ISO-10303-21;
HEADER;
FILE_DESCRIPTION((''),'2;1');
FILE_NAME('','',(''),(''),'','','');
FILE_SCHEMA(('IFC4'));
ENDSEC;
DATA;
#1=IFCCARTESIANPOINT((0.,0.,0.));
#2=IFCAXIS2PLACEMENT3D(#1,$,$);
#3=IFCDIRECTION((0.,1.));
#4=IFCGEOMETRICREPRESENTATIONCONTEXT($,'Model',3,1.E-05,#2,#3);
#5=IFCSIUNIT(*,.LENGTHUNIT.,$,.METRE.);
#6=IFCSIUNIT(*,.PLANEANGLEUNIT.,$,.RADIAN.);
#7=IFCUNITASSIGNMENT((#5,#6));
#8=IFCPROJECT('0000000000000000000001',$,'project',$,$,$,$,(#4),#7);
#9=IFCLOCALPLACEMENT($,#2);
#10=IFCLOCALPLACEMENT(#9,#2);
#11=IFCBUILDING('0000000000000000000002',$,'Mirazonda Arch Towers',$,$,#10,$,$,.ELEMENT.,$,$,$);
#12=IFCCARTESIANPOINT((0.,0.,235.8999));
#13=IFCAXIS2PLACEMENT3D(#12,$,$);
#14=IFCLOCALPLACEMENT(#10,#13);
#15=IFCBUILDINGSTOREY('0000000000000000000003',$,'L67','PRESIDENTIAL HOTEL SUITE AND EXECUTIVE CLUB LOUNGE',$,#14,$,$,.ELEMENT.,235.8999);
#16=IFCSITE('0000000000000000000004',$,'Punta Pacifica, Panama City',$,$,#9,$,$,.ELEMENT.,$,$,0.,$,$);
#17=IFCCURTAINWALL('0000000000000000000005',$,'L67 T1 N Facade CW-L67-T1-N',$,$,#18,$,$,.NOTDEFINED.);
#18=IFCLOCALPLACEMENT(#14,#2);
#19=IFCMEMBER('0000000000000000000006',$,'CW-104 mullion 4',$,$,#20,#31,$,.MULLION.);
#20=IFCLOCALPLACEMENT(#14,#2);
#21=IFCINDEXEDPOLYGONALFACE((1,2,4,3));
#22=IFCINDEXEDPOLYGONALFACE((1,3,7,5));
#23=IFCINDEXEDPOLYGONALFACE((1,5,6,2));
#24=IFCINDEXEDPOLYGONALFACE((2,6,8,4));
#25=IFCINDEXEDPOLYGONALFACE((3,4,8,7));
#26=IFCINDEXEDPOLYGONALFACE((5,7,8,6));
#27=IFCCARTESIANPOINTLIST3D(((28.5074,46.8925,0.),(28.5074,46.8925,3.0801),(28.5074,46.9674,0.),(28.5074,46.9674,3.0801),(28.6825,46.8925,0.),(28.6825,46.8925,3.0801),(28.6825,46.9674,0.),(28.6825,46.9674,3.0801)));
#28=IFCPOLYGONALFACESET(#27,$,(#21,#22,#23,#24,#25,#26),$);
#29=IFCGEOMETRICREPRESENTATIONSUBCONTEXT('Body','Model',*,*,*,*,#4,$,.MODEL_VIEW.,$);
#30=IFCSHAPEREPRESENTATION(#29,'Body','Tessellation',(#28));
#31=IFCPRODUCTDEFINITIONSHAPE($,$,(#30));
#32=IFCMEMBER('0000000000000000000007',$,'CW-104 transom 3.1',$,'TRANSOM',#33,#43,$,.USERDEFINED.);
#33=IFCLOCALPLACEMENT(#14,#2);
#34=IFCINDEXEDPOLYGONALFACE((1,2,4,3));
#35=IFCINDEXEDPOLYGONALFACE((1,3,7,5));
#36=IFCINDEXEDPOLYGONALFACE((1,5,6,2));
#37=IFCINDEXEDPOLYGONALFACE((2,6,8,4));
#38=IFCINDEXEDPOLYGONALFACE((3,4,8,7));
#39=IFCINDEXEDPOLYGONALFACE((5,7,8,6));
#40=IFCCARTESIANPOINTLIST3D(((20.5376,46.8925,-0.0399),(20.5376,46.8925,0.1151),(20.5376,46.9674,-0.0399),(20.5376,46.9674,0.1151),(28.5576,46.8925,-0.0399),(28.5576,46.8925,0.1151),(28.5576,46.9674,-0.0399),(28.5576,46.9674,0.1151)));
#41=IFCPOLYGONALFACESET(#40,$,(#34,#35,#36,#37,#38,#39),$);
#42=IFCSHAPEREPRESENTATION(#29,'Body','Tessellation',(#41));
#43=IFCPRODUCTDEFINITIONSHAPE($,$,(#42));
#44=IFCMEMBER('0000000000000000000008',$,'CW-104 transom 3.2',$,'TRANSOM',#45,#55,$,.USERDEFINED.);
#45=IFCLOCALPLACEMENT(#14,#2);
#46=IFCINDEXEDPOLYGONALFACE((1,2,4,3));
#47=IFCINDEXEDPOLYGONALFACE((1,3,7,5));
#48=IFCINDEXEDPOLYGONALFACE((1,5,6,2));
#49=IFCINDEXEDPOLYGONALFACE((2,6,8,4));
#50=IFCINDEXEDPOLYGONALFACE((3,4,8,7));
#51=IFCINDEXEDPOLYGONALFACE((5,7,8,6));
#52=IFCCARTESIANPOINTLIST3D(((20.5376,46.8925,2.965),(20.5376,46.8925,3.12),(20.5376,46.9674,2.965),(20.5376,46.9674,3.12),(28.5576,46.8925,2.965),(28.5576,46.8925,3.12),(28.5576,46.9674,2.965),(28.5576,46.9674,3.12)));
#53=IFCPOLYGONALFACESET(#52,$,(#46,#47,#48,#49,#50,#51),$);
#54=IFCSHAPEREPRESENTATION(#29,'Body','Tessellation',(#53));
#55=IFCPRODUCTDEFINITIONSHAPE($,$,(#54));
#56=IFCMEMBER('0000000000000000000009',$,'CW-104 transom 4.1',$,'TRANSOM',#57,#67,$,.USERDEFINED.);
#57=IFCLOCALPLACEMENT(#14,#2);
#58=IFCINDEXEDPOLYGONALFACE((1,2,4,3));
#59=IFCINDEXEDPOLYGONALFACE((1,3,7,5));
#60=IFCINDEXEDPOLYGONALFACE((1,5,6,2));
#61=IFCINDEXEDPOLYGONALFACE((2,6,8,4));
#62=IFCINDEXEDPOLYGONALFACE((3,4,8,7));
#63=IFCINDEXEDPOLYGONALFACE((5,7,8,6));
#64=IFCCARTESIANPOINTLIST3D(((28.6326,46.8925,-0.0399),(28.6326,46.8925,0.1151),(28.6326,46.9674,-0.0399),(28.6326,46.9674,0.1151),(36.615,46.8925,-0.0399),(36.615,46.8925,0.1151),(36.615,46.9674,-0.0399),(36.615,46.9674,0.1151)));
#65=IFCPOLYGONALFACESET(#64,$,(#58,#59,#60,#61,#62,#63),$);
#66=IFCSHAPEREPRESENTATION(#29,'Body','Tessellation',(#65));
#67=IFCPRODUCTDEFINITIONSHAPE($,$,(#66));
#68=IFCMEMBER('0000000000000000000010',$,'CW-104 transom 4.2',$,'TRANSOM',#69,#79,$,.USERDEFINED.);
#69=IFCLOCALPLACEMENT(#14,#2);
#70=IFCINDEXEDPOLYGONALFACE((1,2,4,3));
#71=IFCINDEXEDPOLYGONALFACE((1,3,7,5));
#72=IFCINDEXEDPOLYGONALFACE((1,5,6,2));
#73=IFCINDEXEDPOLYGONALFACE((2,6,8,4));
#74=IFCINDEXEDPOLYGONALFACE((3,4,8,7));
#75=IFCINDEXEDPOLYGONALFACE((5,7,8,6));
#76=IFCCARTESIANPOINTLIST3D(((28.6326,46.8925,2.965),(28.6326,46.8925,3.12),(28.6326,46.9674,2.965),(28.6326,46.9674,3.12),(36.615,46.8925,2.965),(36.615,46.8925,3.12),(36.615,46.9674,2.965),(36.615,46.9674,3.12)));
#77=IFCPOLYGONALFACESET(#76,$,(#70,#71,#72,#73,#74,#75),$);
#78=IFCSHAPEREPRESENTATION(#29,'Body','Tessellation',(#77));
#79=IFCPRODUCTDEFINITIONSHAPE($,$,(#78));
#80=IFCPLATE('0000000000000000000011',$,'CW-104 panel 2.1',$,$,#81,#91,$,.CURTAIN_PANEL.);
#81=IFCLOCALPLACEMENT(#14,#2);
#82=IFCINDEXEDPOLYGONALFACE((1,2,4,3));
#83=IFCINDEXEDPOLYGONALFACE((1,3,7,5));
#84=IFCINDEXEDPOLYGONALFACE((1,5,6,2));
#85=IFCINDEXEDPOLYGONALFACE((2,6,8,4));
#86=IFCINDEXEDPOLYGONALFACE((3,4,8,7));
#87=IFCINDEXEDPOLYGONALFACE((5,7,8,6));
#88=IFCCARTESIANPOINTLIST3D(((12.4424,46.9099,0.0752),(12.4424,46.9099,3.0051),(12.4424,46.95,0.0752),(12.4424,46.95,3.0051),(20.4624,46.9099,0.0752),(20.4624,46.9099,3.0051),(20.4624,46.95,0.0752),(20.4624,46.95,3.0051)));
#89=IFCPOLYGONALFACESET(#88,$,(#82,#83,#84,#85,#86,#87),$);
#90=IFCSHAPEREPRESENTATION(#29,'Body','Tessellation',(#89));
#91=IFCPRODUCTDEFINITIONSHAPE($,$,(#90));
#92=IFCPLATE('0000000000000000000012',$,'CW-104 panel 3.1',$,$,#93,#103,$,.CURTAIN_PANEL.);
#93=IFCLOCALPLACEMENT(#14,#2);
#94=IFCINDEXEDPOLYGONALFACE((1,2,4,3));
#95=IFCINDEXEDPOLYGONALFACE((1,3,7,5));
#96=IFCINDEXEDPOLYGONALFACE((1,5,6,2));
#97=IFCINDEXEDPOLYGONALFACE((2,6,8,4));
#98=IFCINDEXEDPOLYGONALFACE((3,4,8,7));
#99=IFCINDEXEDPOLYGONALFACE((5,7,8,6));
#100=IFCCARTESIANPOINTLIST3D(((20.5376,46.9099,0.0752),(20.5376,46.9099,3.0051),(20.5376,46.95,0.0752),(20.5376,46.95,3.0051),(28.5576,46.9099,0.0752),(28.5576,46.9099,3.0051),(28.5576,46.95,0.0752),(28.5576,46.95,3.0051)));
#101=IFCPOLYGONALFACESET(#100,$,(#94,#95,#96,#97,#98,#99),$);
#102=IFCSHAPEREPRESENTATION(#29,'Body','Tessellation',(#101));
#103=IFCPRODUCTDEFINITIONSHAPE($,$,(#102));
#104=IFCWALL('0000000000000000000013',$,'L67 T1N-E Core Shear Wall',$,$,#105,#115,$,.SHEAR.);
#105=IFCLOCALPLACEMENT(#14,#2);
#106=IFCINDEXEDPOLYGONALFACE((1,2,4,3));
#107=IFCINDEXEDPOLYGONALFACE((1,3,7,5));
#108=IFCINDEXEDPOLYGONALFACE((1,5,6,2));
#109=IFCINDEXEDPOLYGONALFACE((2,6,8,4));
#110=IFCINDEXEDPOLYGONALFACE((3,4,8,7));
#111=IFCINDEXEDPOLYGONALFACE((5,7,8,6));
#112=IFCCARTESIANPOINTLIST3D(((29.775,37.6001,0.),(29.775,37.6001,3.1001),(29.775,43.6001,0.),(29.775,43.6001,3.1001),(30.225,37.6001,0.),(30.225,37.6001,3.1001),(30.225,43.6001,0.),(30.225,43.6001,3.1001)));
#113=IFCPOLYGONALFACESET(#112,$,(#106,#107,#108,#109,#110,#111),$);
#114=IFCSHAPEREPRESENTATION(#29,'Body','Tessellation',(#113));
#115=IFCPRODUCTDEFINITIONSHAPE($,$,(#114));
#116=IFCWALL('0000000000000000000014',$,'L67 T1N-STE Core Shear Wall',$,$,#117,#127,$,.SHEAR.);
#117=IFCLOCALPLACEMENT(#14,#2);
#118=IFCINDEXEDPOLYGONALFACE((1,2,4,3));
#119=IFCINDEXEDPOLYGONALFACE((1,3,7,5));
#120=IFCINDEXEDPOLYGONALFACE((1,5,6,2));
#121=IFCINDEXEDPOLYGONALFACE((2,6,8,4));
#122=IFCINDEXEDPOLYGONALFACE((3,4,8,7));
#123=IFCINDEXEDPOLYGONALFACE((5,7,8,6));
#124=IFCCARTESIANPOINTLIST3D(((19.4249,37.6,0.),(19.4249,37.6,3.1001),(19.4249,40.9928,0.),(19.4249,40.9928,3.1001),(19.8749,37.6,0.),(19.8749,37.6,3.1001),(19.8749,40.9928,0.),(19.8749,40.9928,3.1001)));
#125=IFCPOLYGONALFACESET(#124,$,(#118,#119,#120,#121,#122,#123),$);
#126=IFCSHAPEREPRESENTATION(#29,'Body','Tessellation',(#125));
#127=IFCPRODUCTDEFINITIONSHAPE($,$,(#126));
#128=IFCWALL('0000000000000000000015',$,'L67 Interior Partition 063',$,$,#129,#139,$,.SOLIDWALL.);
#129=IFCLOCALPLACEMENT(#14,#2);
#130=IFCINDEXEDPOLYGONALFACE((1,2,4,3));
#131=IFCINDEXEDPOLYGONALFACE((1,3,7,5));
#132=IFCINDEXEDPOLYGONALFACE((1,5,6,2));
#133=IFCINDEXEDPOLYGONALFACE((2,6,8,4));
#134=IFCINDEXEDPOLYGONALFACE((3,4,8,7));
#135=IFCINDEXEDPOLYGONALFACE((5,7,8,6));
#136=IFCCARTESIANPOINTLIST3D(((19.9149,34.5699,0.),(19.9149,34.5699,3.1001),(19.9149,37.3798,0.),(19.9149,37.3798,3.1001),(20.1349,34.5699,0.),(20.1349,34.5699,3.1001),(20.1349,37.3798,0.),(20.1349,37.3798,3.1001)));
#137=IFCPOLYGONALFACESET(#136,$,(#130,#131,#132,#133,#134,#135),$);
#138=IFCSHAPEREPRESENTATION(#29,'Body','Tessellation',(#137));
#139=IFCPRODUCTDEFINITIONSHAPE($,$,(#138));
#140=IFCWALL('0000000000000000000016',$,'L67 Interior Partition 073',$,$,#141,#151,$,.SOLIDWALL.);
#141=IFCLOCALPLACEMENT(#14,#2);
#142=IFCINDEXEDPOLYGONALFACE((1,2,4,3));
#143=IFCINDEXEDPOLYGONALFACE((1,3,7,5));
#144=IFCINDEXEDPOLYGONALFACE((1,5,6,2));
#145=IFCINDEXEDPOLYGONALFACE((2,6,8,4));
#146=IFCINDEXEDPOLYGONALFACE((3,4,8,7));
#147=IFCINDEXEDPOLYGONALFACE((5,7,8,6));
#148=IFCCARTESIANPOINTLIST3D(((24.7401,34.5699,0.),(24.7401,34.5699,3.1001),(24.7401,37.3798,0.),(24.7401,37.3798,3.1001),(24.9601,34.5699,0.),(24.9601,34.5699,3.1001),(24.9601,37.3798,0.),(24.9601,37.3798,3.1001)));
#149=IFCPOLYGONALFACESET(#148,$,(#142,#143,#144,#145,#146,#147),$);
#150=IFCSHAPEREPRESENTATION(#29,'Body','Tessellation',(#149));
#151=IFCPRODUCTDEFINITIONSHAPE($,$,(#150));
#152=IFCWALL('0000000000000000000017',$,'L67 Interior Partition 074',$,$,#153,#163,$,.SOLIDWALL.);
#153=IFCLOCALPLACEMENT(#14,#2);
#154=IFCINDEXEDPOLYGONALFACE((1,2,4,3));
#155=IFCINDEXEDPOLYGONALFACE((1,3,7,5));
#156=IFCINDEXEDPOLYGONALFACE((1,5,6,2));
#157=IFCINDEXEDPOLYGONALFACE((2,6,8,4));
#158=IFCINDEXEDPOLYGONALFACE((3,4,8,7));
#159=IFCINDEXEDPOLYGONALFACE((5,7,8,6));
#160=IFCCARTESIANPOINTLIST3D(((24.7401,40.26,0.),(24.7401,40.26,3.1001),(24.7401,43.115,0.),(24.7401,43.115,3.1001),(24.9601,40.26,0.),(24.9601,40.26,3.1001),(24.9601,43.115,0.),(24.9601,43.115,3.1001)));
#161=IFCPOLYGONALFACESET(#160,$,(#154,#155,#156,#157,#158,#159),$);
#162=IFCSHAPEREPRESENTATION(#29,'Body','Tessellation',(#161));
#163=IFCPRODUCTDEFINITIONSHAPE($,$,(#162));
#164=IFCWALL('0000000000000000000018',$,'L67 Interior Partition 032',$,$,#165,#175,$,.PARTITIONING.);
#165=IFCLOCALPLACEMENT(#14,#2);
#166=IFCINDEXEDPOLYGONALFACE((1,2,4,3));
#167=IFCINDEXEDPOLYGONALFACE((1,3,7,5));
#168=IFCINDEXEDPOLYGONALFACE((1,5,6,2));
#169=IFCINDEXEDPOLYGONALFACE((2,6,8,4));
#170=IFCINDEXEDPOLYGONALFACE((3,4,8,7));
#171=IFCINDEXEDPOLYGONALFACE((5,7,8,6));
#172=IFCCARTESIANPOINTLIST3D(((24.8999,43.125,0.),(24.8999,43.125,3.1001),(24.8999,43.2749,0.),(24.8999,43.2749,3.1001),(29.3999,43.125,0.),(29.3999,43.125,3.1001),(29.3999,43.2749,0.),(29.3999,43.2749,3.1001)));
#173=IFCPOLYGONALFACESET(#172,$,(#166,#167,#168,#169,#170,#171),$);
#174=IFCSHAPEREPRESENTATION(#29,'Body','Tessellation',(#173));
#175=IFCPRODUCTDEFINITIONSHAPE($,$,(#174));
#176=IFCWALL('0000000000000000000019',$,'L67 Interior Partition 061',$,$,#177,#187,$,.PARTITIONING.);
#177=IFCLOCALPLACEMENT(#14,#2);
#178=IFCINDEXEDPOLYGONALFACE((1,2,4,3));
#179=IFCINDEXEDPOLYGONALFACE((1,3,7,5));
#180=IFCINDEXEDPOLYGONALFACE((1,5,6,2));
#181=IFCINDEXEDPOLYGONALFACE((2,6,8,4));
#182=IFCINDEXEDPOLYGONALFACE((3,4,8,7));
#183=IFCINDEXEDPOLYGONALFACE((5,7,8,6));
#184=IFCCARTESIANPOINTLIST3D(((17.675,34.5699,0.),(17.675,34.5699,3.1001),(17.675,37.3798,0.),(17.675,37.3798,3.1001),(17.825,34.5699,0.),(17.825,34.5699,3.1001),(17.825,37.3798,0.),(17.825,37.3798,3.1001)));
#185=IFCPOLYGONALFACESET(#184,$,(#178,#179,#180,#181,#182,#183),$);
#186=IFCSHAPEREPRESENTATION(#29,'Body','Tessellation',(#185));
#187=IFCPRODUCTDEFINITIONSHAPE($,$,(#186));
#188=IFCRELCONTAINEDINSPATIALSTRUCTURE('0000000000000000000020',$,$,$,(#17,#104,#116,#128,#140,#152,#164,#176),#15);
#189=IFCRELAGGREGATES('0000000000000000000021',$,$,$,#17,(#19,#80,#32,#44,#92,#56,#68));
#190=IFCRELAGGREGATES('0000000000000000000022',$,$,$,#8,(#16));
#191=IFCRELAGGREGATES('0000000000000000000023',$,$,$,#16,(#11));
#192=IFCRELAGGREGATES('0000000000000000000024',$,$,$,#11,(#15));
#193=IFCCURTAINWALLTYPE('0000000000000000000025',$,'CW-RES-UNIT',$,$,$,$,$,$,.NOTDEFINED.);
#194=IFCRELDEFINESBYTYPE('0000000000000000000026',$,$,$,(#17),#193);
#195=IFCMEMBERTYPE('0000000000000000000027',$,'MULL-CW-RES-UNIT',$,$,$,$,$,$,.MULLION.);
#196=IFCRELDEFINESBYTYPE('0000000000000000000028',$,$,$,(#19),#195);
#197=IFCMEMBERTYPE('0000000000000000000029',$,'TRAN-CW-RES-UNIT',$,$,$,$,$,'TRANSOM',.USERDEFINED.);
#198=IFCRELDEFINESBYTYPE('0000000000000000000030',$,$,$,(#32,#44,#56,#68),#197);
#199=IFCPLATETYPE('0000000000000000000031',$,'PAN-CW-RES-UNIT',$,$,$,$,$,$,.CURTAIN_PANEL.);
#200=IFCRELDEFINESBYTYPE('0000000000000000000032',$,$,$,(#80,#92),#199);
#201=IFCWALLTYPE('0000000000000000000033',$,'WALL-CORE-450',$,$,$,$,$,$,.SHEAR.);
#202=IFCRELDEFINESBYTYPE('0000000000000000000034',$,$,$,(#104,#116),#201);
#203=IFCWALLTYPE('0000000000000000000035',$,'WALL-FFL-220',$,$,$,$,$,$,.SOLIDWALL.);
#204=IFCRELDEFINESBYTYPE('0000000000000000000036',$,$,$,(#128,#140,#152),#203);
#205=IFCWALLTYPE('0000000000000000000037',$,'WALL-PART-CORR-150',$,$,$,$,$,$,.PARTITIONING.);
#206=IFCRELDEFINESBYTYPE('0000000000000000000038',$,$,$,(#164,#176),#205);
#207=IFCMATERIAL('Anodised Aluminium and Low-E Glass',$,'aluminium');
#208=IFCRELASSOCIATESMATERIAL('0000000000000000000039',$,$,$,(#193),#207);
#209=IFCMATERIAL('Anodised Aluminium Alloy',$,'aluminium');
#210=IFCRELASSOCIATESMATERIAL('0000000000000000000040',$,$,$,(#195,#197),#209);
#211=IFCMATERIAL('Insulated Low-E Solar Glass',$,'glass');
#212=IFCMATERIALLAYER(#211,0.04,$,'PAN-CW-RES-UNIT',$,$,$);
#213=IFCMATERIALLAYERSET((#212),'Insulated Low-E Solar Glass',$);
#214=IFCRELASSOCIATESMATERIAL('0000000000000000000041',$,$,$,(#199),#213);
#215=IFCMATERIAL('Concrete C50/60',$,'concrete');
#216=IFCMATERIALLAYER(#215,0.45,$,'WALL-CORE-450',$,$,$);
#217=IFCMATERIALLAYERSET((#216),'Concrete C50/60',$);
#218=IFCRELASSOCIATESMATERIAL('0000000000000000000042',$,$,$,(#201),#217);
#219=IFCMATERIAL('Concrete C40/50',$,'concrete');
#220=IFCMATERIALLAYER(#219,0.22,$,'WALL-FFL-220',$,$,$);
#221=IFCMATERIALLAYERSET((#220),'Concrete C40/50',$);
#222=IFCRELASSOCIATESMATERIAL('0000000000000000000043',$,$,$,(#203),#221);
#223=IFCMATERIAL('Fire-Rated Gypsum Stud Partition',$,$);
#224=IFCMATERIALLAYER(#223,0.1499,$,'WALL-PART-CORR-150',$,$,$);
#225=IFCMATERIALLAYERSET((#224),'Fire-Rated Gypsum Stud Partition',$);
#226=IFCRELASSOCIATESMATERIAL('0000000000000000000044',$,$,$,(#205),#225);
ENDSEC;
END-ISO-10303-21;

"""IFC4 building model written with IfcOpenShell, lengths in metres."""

from ifc_helpers import new_model, si_unit, direction, frame, frame_2d, origin, origin_2d, place, context, subcontext, project, spatial, rectangle, extrude, material, layer, layer_set, material_profile, profile_set, type_object, element, aggregate, save


model = new_model("IFC4")

# Units and contexts
model_context = context("Model", 3, precision=1e-05, world=origin(), true_north=direction((0.0, 1.0)))
body_context = subcontext(model_context, "Body", "Model", "MODEL_VIEW")
ifc_project = project(units=[si_unit("LENGTHUNIT", "METRE"), si_unit("PLANEANGLEUNIT", "RADIAN")], contexts=[model_context])

# Site, building, storey
site_placement = place(None, origin())
site = spatial("IfcSite", under=ifc_project, at=site_placement, Name="Punta Pacifica, Panama City", CompositionType="ELEMENT", RefElevation=0.0)
building_placement = place(site_placement, origin())
building = spatial("IfcBuilding", under=site, at=building_placement, Name="Mirazonda Arch Towers", CompositionType="ELEMENT")
storey_placement = place(building_placement, frame((0.0, 0.0, 235.8999)))
storey = spatial("IfcBuildingStorey", under=building, at=storey_placement, Name="L67", Description="PRESIDENTIAL HOTEL SUITE AND EXECUTIVE CLUB LOUNGE", CompositionType="ELEMENT", Elevation=235.8999)

# Shared definitions
ifc_material_1 = material(Name="Concrete C50/60", Category="concrete")

# Curtain wall, members, plates
ifc_material_2 = material(Name="Anodised Aluminium and Low-E Glass", Category="aluminium")
curtain_wall_type = type_object("IfcCurtainWallType", Name="CW-RES-UNIT", PredefinedType="NOTDEFINED", material=ifc_material_2)
curtain_wall_placement = place(storey_placement, origin())
curtain_wall = element("IfcCurtainWall", 1, at=curtain_wall_placement, inside=storey, type_object=curtain_wall_type, Name="L67 T1 N Facade CW-L67-T1-N", PredefinedType="NOTDEFINED")
ifc_material_3 = material(Name="Anodised Aluminium Alloy", Category="aluminium")
ifc_material_profile_1 = material_profile(ifc_material_3, rectangle(XDim=0.075, YDim=0.175, at=origin_2d()), Name="ALU-MULL-75x175")
ifc_profile_set_1 = profile_set([ifc_material_profile_1], Name="Anodised Aluminium Alloy")
member_type_1 = type_object("IfcMemberType", Name="MULL-CW-RES-UNIT", PredefinedType="MULLION", material=ifc_profile_set_1)
member_1_placement = place(storey_placement, frame((28.595, 46.9299, 0.0), z_axis=(0.0, 0.0, 1.0), x_axis=(0.0, 1.0, 0.0)))
member_1 = element("IfcMember", 2, at=member_1_placement, type_object=member_type_1, Name="CW-104 mullion 4", PredefinedType="MULLION", context=body_context, shape_type="SweptSolid", body=[
    extrude(rectangle(XDim=0.075, YDim=0.175, at=origin_2d()), origin(), (0.0, 0.0, 1.0), 3.0801),
])
ifc_material_profile_2 = material_profile(ifc_material_3, rectangle(XDim=0.075, YDim=0.155, at=origin_2d()), Name="ALU-TRAN-75x155")
ifc_profile_set_2 = profile_set([ifc_material_profile_2], Name="Anodised Aluminium Alloy")
member_type_2 = type_object("IfcMemberType", Name="TRAN-CW-RES-UNIT", ElementType="TRANSOM", PredefinedType="USERDEFINED", material=ifc_profile_set_2)
member_2_placement = place(storey_placement, frame((20.5376, 46.9299, 0.0376), z_axis=(1.0, 0.0, 0.0), x_axis=(0.0, 1.0, 0.0)))
member_2 = element("IfcMember", 3, at=member_2_placement, type_object=member_type_2, Name="CW-104 transom 3.1", ObjectType="TRANSOM", PredefinedType="USERDEFINED", context=body_context, shape_type="SweptSolid", body=[
    extrude(rectangle(XDim=0.075, YDim=0.155, at=origin_2d()), origin(), (0.0, 0.0, 1.0), 8.02),
])
member_3_placement = place(storey_placement, frame((20.5376, 46.9299, 3.0425), z_axis=(1.0, 0.0, 0.0), x_axis=(0.0, 1.0, 0.0)))
member_3 = element("IfcMember", 4, at=member_3_placement, type_object=member_type_2, Name="CW-104 transom 3.2", ObjectType="TRANSOM", PredefinedType="USERDEFINED", context=body_context, shape_type="SweptSolid", body=[
    extrude(rectangle(XDim=0.075, YDim=0.155, at=origin_2d()), origin(), (0.0, 0.0, 1.0), 8.02),
])
member_4_placement = place(storey_placement, frame((28.6326, 46.9299, 0.0376), z_axis=(1.0, 0.0, 0.0), x_axis=(0.0, 1.0, 0.0)))
member_4 = element("IfcMember", 5, at=member_4_placement, type_object=member_type_2, Name="CW-104 transom 4.1", ObjectType="TRANSOM", PredefinedType="USERDEFINED", context=body_context, shape_type="SweptSolid", body=[
    extrude(rectangle(XDim=0.075, YDim=0.155, at=origin_2d()), origin(), (0.0, 0.0, 1.0), 7.9824),
])
member_5_placement = place(storey_placement, frame((28.6326, 46.9299, 3.0425), z_axis=(1.0, 0.0, 0.0), x_axis=(0.0, 1.0, 0.0)))
member_5 = element("IfcMember", 6, at=member_5_placement, type_object=member_type_2, Name="CW-104 transom 4.2", ObjectType="TRANSOM", PredefinedType="USERDEFINED", context=body_context, shape_type="SweptSolid", body=[
    extrude(rectangle(XDim=0.075, YDim=0.155, at=origin_2d()), origin(), (0.0, 0.0, 1.0), 7.9824),
])
ifc_material_4 = material(Name="Insulated Low-E Solar Glass", Category="glass")
ifc_layer_1 = layer(ifc_material_4, 0.04, Name="PAN-CW-RES-UNIT")
ifc_layer_set_1 = layer_set([ifc_layer_1], Name="Insulated Low-E Solar Glass")
plate_type = type_object("IfcPlateType", Name="PAN-CW-RES-UNIT", PredefinedType="CURTAIN_PANEL", material=ifc_layer_set_1)
plate_1_placement = place(storey_placement, frame((16.4524, 46.9299, 0.0752), z_axis=(0.0, 0.0, 1.0), x_axis=(1.0, 0.0, 0.0)))
plate_1 = element("IfcPlate", 7, at=plate_1_placement, type_object=plate_type, Name="CW-104 panel 2.1", PredefinedType="CURTAIN_PANEL", context=body_context, shape_type="SweptSolid", body=[
    extrude(rectangle(XDim=8.02, YDim=0.04, at=origin_2d()), origin(), (0.0, 0.0, 1.0), 2.9299),
])
plate_2_placement = place(storey_placement, frame((24.5476, 46.9299, 0.0752), z_axis=(0.0, 0.0, 1.0), x_axis=(1.0, 0.0, 0.0)))
plate_2 = element("IfcPlate", 8, at=plate_2_placement, type_object=plate_type, Name="CW-104 panel 3.1", PredefinedType="CURTAIN_PANEL", context=body_context, shape_type="SweptSolid", body=[
    extrude(rectangle(XDim=8.02, YDim=0.04, at=origin_2d()), origin(), (0.0, 0.0, 1.0), 2.9299),
])
aggregate(curtain_wall, [member_1, plate_1, member_2, member_3, plate_2, member_4, member_5])

# Walls
ifc_layer_2 = layer(ifc_material_1, 0.45, Name="WALL-CORE-450")
ifc_layer_set_2 = layer_set([ifc_layer_2], Name="Concrete C50/60")
wall_type_1 = type_object("IfcWallType", Name="WALL-CORE-450", PredefinedType="SHEAR", material=ifc_layer_set_2)
wall_1_placement = place(storey_placement, frame((30.0, 37.6001, 0.0), z_axis=(0.0, 0.0, 1.0), x_axis=(0.0, 1.0, 0.0)))
element("IfcWall", 9, at=wall_1_placement, inside=storey, type_object=wall_type_1, Name="L67 T1N-E Core Shear Wall", PredefinedType="SHEAR", context=body_context, shape_type="SweptSolid", body=[
    extrude(rectangle(XDim=6.0, YDim=0.45, at=frame_2d((3.0, 0.0))), origin(), (0.0, 0.0, 1.0), 3.1001),
])
wall_2_placement = place(storey_placement, frame((19.6499, 37.6001, 0.0), z_axis=(0.0, 0.0, 1.0), x_axis=(0.0, 1.0, 0.0)))
element("IfcWall", 10, at=wall_2_placement, inside=storey, type_object=wall_type_1, Name="L67 T1N-STE Core Shear Wall", PredefinedType="SHEAR", context=body_context, shape_type="SweptSolid", body=[
    extrude(rectangle(XDim=3.3928, YDim=0.45, at=frame_2d((1.6963, 0.0))), origin(), (0.0, 0.0, 1.0), 3.1001),
])
ifc_material_5 = material(Name="Concrete C40/50", Category="concrete")
ifc_layer_3 = layer(ifc_material_5, 0.22, Name="WALL-FFL-220")
ifc_layer_set_3 = layer_set([ifc_layer_3], Name="Concrete C40/50")
wall_type_2 = type_object("IfcWallType", Name="WALL-FFL-220", PredefinedType="SOLIDWALL", material=ifc_layer_set_3)
for number, where, z_axis, x_axis, name in (
    (11, (20.0249, 34.5701, 0.0), (0.0, 0.0, 1.0), (0.0, 1.0, 0.0), "L67 Interior Partition 063"),
    (12, (24.8501, 34.5701, 0.0), (0.0, 0.0, 1.0), (0.0, 1.0, 0.0), "L67 Interior Partition 073"),
):
    element("IfcWall", number, at=place(storey_placement, frame(where, z_axis=z_axis, x_axis=x_axis)), inside=storey, type_object=wall_type_2, Name=name, PredefinedType="SOLIDWALL", context=body_context, shape_type="SweptSolid", body=[
        extrude(rectangle(XDim=2.8098, YDim=0.22, at=frame_2d((1.4048, 0.0))), origin(), (0.0, 0.0, 1.0), 3.1001),
    ])
wall_3_placement = place(storey_placement, frame((24.8501, 40.26, 0.0), z_axis=(0.0, 0.0, 1.0), x_axis=(0.0, 1.0, 0.0)))
element("IfcWall", 13, at=wall_3_placement, inside=storey, type_object=wall_type_2, Name="L67 Interior Partition 074", PredefinedType="SOLIDWALL", context=body_context, shape_type="SweptSolid", body=[
    extrude(rectangle(XDim=2.855, YDim=0.22, at=frame_2d((1.4275, 0.0))), origin(), (0.0, 0.0, 1.0), 3.1001),
])
ifc_material_6 = material(Name="Fire-Rated Gypsum Stud Partition")
ifc_layer_4 = layer(ifc_material_6, 0.1499, Name="WALL-PART-CORR-150")
ifc_layer_set_4 = layer_set([ifc_layer_4], Name="Fire-Rated Gypsum Stud Partition")
wall_type_3 = type_object("IfcWallType", Name="WALL-PART-CORR-150", PredefinedType="PARTITIONING", material=ifc_layer_set_4)
wall_4_placement = place(storey_placement, frame((24.8999, 43.2, 0.0), z_axis=(0.0, 0.0, 1.0), x_axis=(1.0, 0.0, 0.0)))
element("IfcWall", 14, at=wall_4_placement, inside=storey, type_object=wall_type_3, Name="L67 Interior Partition 032", PredefinedType="PARTITIONING", context=body_context, shape_type="SweptSolid", body=[
    extrude(rectangle(XDim=4.5, YDim=0.1499, at=frame_2d((2.25, 0.0))), origin(), (0.0, 0.0, 1.0), 3.1001),
])
wall_5_placement = place(storey_placement, frame((17.75, 34.5701, 0.0), z_axis=(0.0, 0.0, 1.0), x_axis=(0.0, 1.0, 0.0)))
element("IfcWall", 15, at=wall_5_placement, inside=storey, type_object=wall_type_3, Name="L67 Interior Partition 061", PredefinedType="PARTITIONING", context=body_context, shape_type="SweptSolid", body=[
    extrude(rectangle(XDim=2.8098, YDim=0.1499, at=frame_2d((1.4048, 0.0))), origin(), (0.0, 0.0, 1.0), 3.1001),
])

save(model, "model.ifc")
